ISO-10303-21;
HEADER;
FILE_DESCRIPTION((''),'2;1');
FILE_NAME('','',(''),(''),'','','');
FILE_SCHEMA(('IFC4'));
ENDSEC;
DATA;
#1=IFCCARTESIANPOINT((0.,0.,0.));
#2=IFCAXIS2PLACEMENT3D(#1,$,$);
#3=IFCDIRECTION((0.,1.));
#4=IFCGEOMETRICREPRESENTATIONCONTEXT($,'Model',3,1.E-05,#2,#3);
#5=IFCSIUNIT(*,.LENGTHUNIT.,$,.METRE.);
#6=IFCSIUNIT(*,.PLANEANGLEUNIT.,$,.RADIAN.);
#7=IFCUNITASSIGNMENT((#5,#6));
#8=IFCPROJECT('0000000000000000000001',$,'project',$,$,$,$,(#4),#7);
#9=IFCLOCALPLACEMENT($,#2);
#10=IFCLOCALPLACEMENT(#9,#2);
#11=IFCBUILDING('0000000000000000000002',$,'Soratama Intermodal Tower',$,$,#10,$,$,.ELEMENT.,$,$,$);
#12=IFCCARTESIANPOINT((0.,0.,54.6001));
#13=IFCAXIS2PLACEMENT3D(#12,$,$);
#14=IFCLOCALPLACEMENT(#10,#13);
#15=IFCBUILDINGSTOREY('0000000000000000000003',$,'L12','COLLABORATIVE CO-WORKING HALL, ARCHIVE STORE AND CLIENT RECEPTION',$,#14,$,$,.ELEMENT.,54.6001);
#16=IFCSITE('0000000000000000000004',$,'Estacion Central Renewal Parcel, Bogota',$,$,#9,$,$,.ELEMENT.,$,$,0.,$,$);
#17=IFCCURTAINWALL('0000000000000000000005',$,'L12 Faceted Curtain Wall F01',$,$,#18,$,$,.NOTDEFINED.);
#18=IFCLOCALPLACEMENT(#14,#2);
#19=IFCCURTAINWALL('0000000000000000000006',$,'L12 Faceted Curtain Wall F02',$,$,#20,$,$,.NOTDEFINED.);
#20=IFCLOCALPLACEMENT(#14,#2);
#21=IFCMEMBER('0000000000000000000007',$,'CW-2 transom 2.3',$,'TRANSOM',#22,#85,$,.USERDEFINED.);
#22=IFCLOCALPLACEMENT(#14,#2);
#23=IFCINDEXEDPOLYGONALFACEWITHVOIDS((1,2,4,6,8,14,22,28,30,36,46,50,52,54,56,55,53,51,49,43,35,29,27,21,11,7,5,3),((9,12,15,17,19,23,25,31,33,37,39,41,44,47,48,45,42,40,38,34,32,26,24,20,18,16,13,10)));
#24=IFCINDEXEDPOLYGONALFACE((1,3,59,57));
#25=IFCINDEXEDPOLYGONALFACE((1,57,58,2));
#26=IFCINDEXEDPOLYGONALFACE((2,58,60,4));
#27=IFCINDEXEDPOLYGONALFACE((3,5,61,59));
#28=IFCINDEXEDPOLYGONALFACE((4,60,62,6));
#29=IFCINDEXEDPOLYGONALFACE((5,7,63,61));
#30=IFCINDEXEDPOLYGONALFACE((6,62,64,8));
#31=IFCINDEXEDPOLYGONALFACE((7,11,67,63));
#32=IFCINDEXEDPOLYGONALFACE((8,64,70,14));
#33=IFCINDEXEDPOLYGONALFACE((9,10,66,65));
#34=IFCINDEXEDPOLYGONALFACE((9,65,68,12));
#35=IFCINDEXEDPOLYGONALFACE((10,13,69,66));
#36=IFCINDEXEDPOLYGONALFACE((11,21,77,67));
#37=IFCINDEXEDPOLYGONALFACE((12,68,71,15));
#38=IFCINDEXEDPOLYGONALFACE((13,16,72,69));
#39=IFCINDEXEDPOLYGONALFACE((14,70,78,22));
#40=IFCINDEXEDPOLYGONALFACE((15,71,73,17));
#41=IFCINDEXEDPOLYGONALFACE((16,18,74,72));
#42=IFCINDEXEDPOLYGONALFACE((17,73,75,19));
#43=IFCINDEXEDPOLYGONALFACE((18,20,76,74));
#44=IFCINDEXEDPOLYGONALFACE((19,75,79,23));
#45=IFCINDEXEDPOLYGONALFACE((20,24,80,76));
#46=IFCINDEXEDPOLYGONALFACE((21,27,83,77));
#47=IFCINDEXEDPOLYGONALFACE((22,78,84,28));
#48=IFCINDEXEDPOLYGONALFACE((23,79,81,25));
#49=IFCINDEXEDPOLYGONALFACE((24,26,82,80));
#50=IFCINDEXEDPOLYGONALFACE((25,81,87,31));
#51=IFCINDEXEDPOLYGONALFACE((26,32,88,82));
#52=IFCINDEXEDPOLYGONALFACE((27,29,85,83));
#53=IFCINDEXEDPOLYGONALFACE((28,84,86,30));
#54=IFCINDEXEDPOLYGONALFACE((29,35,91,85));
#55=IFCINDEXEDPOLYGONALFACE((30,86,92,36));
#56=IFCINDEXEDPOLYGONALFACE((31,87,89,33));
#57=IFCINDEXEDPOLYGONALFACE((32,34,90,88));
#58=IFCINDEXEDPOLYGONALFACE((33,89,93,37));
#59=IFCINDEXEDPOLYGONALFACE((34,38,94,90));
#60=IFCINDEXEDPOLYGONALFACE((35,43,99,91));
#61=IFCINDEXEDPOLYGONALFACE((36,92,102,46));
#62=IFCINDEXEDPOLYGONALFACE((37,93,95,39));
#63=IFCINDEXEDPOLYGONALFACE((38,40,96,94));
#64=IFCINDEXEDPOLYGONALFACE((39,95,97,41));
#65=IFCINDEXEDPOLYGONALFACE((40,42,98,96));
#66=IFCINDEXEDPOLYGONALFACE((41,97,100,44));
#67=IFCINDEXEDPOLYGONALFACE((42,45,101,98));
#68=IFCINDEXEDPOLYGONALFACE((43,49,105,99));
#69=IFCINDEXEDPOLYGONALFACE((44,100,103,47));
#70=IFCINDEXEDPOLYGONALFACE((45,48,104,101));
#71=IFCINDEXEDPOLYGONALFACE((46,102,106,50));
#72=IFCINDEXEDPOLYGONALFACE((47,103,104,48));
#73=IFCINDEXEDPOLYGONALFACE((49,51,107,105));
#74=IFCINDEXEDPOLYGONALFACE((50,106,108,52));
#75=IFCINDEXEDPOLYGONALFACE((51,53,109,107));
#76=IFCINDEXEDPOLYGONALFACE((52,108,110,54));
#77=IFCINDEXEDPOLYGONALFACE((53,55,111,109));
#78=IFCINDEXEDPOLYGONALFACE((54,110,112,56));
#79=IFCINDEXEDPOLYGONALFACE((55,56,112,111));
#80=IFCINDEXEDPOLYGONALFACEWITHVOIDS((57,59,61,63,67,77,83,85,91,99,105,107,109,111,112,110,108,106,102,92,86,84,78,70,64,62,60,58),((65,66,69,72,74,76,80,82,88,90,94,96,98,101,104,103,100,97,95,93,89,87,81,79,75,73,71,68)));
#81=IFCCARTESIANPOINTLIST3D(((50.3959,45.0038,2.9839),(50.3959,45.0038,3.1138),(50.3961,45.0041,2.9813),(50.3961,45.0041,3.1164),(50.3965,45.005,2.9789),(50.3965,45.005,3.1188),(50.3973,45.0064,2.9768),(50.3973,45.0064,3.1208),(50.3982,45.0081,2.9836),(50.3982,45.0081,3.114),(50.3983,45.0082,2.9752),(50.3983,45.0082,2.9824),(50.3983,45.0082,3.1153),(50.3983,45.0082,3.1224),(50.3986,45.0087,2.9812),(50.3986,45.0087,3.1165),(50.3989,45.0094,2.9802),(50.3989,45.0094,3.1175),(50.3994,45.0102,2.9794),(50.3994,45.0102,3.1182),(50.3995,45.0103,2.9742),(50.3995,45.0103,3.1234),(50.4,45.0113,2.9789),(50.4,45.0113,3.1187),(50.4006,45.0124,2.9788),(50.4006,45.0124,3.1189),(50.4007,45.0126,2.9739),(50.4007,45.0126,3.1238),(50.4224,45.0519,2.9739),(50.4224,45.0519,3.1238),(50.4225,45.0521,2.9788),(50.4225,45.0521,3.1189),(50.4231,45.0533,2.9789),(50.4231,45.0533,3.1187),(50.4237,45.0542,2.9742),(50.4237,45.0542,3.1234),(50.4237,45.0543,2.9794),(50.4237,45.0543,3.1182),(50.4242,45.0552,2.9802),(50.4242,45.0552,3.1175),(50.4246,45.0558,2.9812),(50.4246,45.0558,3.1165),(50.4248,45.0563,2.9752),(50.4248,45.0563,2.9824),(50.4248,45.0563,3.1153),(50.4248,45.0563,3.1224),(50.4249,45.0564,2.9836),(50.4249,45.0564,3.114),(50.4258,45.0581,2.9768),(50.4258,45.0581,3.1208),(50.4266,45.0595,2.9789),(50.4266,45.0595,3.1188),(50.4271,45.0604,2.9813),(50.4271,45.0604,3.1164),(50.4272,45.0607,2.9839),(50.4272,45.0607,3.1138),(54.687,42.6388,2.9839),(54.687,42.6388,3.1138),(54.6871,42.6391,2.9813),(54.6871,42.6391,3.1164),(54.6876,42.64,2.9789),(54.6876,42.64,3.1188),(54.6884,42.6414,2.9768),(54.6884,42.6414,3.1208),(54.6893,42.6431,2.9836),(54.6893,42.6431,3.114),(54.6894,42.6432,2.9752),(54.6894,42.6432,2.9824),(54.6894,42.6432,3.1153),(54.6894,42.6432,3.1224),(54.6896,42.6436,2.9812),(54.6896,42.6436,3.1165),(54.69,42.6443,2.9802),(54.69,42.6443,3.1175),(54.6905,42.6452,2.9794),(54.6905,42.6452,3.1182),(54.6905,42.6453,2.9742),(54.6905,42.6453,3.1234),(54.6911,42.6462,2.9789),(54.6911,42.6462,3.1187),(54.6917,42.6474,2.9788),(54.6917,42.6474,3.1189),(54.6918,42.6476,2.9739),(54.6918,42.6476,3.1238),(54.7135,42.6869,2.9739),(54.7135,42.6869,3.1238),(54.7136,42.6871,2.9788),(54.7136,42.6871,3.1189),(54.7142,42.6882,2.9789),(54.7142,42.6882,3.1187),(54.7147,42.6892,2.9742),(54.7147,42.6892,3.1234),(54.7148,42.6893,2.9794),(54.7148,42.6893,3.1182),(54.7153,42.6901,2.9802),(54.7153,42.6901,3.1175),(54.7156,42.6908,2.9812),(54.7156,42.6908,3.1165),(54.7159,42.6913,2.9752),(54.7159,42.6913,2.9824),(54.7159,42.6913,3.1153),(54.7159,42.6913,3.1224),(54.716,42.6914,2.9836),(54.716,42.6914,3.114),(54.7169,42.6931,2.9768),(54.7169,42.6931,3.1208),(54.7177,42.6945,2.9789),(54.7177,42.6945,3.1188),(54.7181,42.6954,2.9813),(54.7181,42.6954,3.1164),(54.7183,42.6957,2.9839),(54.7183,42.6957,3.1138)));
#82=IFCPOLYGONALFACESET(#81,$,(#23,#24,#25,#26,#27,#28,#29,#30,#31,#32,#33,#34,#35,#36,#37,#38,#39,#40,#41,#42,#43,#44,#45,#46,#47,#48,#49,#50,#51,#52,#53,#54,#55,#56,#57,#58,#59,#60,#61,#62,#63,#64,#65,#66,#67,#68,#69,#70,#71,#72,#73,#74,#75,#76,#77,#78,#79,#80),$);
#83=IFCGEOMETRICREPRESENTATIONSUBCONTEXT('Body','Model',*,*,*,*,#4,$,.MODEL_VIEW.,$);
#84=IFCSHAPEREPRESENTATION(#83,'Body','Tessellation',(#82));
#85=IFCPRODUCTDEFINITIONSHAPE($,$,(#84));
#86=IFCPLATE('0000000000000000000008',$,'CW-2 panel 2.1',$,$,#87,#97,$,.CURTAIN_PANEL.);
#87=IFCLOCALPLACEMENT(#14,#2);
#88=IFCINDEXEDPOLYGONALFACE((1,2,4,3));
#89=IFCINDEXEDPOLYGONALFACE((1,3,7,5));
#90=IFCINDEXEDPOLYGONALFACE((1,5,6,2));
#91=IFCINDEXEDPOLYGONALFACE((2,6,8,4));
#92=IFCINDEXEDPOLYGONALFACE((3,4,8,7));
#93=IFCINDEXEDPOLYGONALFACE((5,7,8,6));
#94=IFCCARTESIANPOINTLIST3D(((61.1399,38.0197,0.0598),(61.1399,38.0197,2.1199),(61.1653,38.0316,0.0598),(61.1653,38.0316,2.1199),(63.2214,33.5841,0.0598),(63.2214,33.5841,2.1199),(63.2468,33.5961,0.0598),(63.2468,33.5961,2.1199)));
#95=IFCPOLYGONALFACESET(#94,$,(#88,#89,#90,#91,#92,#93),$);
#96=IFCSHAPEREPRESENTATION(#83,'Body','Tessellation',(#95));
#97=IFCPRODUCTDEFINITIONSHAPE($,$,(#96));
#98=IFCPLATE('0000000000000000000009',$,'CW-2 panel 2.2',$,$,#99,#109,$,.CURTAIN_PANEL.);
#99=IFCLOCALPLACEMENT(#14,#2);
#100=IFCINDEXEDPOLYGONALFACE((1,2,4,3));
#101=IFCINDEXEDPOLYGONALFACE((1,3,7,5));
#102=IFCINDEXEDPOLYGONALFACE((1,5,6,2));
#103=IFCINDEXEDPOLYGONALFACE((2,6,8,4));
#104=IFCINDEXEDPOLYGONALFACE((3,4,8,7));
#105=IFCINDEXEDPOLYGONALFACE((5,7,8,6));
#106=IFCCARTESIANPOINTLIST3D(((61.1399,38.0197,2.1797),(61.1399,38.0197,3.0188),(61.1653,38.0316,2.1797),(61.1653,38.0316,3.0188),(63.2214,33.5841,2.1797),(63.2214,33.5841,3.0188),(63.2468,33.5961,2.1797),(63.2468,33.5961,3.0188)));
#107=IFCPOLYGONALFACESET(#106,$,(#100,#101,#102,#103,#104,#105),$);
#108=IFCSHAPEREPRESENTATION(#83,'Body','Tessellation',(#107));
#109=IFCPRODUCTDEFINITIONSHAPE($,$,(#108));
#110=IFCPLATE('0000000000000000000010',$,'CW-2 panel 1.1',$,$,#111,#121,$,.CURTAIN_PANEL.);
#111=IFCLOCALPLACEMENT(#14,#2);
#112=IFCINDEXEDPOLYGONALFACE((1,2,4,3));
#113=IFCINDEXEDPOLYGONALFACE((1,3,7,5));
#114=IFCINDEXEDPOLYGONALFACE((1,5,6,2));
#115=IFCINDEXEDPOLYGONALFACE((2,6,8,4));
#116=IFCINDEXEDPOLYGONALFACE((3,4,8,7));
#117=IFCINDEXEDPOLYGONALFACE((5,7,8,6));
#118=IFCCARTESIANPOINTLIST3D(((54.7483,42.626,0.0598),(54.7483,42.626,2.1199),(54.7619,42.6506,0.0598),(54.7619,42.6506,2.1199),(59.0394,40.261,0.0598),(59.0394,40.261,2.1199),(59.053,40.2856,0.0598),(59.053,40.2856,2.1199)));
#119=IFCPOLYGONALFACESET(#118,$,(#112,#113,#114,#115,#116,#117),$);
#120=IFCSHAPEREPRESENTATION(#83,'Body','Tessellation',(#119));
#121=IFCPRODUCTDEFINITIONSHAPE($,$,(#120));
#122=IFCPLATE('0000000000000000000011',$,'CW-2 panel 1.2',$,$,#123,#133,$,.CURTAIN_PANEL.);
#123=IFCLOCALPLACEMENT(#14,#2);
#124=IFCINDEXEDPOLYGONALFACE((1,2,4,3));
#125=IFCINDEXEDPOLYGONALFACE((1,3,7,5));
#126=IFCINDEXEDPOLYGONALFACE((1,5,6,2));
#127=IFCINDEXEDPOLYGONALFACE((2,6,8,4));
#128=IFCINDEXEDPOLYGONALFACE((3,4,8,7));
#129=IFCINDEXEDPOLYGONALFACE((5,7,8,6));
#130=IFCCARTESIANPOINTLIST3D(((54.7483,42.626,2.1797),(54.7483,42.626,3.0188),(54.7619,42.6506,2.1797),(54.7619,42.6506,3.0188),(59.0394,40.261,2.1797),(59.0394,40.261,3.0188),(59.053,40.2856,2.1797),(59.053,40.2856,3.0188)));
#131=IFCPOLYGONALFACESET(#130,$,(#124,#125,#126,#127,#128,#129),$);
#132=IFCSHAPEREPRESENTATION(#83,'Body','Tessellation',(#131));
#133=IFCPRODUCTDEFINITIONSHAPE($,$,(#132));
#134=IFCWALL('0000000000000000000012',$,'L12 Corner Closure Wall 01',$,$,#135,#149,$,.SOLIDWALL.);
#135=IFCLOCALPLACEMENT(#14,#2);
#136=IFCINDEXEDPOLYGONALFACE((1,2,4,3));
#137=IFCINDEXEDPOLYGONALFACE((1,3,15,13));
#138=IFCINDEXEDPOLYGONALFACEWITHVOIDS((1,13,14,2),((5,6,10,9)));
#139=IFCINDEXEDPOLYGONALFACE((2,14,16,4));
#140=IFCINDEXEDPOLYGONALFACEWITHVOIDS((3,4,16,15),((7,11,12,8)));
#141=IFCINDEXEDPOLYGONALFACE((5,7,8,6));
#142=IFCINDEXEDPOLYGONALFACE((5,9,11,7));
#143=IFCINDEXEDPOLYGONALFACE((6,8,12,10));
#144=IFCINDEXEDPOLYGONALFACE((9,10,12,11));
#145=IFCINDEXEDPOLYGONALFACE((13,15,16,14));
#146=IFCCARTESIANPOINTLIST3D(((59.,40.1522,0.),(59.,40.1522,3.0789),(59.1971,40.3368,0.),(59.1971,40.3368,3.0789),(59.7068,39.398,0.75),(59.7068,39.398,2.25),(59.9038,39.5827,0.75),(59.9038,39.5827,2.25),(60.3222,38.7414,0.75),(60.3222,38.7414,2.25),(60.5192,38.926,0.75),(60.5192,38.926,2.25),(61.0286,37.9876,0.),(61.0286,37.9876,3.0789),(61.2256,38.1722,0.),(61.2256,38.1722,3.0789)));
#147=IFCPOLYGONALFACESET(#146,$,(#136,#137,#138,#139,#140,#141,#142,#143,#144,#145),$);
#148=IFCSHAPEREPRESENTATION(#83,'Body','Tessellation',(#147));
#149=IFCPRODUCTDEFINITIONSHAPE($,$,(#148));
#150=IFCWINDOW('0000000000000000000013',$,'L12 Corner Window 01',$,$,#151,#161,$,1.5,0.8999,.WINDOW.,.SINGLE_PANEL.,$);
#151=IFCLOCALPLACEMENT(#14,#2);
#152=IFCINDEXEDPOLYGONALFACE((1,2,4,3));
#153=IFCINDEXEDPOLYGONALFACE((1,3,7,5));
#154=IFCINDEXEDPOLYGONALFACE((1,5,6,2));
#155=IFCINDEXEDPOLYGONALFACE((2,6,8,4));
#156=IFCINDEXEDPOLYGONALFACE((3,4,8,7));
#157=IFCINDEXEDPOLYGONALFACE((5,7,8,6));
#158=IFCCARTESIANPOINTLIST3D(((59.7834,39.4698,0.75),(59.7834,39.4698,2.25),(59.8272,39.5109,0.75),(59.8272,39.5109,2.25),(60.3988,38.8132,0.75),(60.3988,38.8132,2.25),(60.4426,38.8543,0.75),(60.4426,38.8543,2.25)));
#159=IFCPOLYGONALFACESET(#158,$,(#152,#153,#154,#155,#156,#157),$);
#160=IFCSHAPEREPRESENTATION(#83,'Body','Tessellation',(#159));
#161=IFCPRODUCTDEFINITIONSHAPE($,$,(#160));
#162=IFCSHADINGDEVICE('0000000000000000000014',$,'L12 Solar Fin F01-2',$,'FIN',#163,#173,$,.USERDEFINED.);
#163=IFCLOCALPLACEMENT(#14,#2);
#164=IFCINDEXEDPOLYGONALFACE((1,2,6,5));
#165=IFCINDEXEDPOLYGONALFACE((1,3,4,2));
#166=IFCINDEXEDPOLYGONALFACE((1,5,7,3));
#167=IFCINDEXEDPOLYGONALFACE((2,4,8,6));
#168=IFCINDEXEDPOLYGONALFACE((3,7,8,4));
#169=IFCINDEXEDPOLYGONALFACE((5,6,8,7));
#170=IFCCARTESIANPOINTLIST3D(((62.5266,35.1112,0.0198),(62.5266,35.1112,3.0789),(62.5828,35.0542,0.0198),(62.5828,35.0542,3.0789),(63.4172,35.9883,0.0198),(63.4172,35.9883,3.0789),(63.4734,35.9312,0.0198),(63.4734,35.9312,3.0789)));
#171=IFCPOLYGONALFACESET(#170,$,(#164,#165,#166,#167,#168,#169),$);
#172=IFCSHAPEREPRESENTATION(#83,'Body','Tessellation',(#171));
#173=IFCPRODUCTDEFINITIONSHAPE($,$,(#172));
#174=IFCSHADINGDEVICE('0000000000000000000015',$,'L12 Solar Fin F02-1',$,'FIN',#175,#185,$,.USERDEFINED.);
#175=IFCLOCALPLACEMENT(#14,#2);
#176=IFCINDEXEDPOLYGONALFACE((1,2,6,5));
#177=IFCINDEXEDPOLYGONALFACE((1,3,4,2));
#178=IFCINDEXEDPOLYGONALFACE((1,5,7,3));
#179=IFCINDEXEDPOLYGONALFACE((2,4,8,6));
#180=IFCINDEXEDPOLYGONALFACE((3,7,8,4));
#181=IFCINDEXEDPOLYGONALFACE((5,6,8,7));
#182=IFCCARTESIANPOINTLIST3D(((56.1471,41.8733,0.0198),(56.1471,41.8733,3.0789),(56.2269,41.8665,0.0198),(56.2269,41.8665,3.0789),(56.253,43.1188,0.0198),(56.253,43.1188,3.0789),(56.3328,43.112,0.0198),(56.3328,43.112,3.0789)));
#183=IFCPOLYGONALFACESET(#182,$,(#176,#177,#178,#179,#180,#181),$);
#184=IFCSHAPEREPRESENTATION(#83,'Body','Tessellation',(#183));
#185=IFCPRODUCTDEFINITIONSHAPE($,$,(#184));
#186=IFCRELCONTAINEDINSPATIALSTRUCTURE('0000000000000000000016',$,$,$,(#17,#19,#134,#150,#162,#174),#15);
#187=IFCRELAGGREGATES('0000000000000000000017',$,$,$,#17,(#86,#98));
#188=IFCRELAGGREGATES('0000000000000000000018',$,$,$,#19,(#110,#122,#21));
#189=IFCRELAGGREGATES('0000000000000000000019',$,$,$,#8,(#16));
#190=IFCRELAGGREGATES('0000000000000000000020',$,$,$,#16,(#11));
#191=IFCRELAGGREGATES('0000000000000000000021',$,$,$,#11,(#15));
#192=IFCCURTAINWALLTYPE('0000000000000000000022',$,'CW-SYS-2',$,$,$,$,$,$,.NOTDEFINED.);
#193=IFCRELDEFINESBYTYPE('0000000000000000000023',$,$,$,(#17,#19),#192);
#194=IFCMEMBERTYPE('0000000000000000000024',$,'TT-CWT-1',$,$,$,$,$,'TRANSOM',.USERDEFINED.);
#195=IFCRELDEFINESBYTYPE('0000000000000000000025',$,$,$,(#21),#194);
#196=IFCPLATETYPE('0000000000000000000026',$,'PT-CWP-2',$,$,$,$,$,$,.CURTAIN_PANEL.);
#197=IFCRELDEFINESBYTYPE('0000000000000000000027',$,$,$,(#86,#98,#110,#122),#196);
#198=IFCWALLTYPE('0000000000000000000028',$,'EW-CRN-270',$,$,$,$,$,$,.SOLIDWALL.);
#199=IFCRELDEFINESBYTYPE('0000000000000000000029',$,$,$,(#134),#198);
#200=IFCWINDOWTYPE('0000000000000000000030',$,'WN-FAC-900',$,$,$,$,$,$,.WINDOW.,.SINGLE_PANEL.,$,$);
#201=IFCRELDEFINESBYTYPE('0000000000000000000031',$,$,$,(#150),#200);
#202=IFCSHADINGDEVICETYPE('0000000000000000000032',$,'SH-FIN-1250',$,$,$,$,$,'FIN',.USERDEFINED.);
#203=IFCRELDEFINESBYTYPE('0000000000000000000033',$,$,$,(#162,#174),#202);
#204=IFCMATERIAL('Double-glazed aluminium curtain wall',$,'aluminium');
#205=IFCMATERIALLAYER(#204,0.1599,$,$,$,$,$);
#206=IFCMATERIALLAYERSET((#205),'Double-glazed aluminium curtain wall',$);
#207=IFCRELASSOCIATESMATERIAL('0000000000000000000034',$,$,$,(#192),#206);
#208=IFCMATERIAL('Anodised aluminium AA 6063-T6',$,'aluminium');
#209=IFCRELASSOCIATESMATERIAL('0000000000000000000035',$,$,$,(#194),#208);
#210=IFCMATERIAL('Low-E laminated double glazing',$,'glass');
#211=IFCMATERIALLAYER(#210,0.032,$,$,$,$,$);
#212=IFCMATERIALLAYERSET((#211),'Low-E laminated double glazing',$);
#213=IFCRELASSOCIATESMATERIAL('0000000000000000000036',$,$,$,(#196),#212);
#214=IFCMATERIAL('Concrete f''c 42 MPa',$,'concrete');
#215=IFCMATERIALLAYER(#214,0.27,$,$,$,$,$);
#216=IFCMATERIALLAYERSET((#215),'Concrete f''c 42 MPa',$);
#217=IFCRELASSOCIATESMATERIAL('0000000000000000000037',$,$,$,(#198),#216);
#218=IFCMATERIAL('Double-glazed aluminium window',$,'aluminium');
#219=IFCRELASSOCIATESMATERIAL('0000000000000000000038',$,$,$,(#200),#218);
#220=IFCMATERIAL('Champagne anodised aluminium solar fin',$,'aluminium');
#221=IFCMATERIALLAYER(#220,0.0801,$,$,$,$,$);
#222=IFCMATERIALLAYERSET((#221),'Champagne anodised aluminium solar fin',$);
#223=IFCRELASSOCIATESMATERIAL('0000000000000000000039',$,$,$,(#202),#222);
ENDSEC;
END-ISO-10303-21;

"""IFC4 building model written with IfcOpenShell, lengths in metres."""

from ifc_helpers import new_model, si_unit, direction, frame, frame_2d, origin, origin_2d, place, context, subcontext, project, spatial, rectangle, hollow_rectangle, extrude, material, layer, layer_set, material_profile, profile_set, type_object, element, fill, aggregate, save


model = new_model("IFC4")

# Units and contexts
model_context = context("Model", 3, precision=1e-05, world=origin(), true_north=direction((0.0, 1.0)))
body_context = subcontext(model_context, "Body", "Model", "MODEL_VIEW")
ifc_project = project(units=[si_unit("LENGTHUNIT", "METRE"), si_unit("PLANEANGLEUNIT", "RADIAN")], contexts=[model_context])

# Site, building, storey
site_placement = place(None, origin())
site = spatial("IfcSite", under=ifc_project, at=site_placement, Name="Estacion Central Renewal Parcel, Bogota", CompositionType="ELEMENT", RefElevation=0.0)
building_placement = place(site_placement, origin())
building = spatial("IfcBuilding", under=site, at=building_placement, Name="Soratama Intermodal Tower", CompositionType="ELEMENT")
storey_placement = place(building_placement, frame((0.0, 0.0, 54.6001)))
storey = spatial("IfcBuildingStorey", under=building, at=storey_placement, Name="L12", Description="COLLABORATIVE CO-WORKING HALL, ARCHIVE STORE AND CLIENT RECEPTION", CompositionType="ELEMENT", Elevation=54.6001)

# Curtain wall
ifc_material_1 = material(Name="Double-glazed aluminium curtain wall", Category="aluminium")
ifc_layer_1 = layer(ifc_material_1, 0.1599)
ifc_layer_set_1 = layer_set([ifc_layer_1], Name="Double-glazed aluminium curtain wall")
curtain_wall_type = type_object("IfcCurtainWallType", Name="CW-SYS-2", PredefinedType="NOTDEFINED", material=ifc_layer_set_1)
curtain_wall_1_placement = place(storey_placement, origin())
curtain_wall_1 = element("IfcCurtainWall", 1, at=curtain_wall_1_placement, inside=storey, type_object=curtain_wall_type, Name="L12 Faceted Curtain Wall F01", PredefinedType="NOTDEFINED")

# Curtain wall, member
curtain_wall_2_placement = place(storey_placement, origin())
curtain_wall_2 = element("IfcCurtainWall", 2, at=curtain_wall_2_placement, inside=storey, type_object=curtain_wall_type, Name="L12 Faceted Curtain Wall F02", PredefinedType="NOTDEFINED")
ifc_material_2 = material(Name="Anodised aluminium AA 6063-T6", Category="aluminium")
ifc_material_profile_1 = material_profile(ifc_material_2, hollow_rectangle(XDim=0.0649, YDim=0.1499, WallThickness=0.0049, InnerFilletRadius=0.0049, OuterFilletRadius=0.01, at=origin_2d()), Name="CWT150X65X5")
ifc_profile_set_1 = profile_set([ifc_material_profile_1], Name="Anodised aluminium AA 6063-T6")
member_type_1 = type_object("IfcMemberType", Name="TT-CWT-1", ElementType="TRANSOM", PredefinedType="USERDEFINED", material=ifc_profile_set_1)
member_1_placement = place(storey_placement, frame((54.7026, 42.6672, 3.0488), z_axis=(-0.875791, 0.482691, 0.0), x_axis=(-0.482691, -0.875791, 0.0)))
member_1 = element("IfcMember", 3, at=member_1_placement, type_object=member_type_1, Name="CW-2 transom 2.3", ObjectType="TRANSOM", PredefinedType="USERDEFINED", context=body_context, shape_type="SweptSolid", body=[
    extrude(hollow_rectangle(XDim=0.0649, YDim=0.1499, WallThickness=0.0049, InnerFilletRadius=0.0049, OuterFilletRadius=0.01, at=origin_2d()), origin(), (0.0, 0.0, 1.0), 4.8997),
])

# Plates
ifc_material_3 = material(Name="Low-E laminated double glazing", Category="glass")
ifc_layer_2 = layer(ifc_material_3, 0.032)
ifc_layer_set_2 = layer_set([ifc_layer_2], Name="Low-E laminated double glazing")
plate_type = type_object("IfcPlateType", Name="PT-CWP-2", PredefinedType="CURTAIN_PANEL", material=ifc_layer_set_2)
plate_1_placement = place(storey_placement, frame((62.1934, 35.8079, 0.0598), z_axis=(0.0, 0.0, 1.0), x_axis=(-0.424829, 0.905274, 0.0)))
plate_1 = element("IfcPlate", 4, at=plate_1_placement, type_object=plate_type, Name="CW-2 panel 2.1", PredefinedType="CURTAIN_PANEL", context=body_context, shape_type="SweptSolid", body=[
    extrude(rectangle(XDim=4.8997, YDim=0.0281, at=origin_2d()), origin(), (0.0, 0.0, 1.0), 2.0601),
])
plate_2_placement = place(storey_placement, frame((62.1934, 35.8079, 2.1797), z_axis=(0.0, 0.0, 1.0), x_axis=(-0.424829, 0.905274, 0.0)))
plate_2 = element("IfcPlate", 5, at=plate_2_placement, type_object=plate_type, Name="CW-2 panel 2.2", PredefinedType="CURTAIN_PANEL", context=body_context, shape_type="SweptSolid", body=[
    extrude(rectangle(XDim=4.8997, YDim=0.0281, at=origin_2d()), origin(), (0.0, 0.0, 1.0), 0.8391),
])
aggregate(curtain_wall_1, [plate_1, plate_2])
plate_3_placement = place(storey_placement, frame((56.9006, 41.4558, 0.0598), z_axis=(0.0, 0.0, 1.0), x_axis=(-0.875798, 0.482678, 0.0)))
plate_3 = element("IfcPlate", 6, at=plate_3_placement, type_object=plate_type, Name="CW-2 panel 1.1", PredefinedType="CURTAIN_PANEL", context=body_context, shape_type="SweptSolid", body=[
    extrude(rectangle(XDim=4.8997, YDim=0.0281, at=origin_2d()), origin(), (0.0, 0.0, 1.0), 2.0601),
])
plate_4_placement = place(storey_placement, frame((56.9006, 41.4558, 2.1797), z_axis=(0.0, 0.0, 1.0), x_axis=(-0.875798, 0.482678, 0.0)))
plate_4 = element("IfcPlate", 7, at=plate_4_placement, type_object=plate_type, Name="CW-2 panel 1.2", PredefinedType="CURTAIN_PANEL", context=body_context, shape_type="SweptSolid", body=[
    extrude(rectangle(XDim=4.8997, YDim=0.0281, at=origin_2d()), origin(), (0.0, 0.0, 1.0), 0.8391),
])
aggregate(curtain_wall_2, [plate_3, plate_4, member_1])

# Wall, opening, window
ifc_material_4 = material(Name="Concrete f'c 42 MPa", Category="concrete")
ifc_layer_3 = layer(ifc_material_4, 0.27)
ifc_layer_set_3 = layer_set([ifc_layer_3], Name="Concrete f'c 42 MPa")
wall_type = type_object("IfcWallType", Name="EW-CRN-270", PredefinedType="SOLIDWALL", material=ifc_layer_set_3)
wall_placement = place(storey_placement, frame((61.1272, 38.0798, 0.0), z_axis=(0.0, 0.0, 1.0), x_axis=(-0.683815, 0.729655, 0.0)))
wall = element("IfcWall", 8, at=wall_placement, inside=storey, type_object=wall_type, Name="L12 Corner Closure Wall 01", PredefinedType="SOLIDWALL", context=body_context, shape_type="SweptSolid", body=[
    extrude(rectangle(XDim=2.9666, YDim=0.27, at=frame_2d((1.4834, 0.0))), origin(), (0.0, 0.0, 1.0), 3.0789),
])
opening_placement = place(wall_placement, frame((1.0332, 0.0, 0.75)))
opening = element("IfcOpeningElement", 9, at=opening_placement, cuts=wall, PredefinedType="OPENING", context=body_context, shape_type="SweptSolid", body=[
    extrude(rectangle(XDim=0.8999, YDim=1.5, at=frame_2d((0.45, 0.75))), frame((0.0, 0.145, 0.0), z_axis=(0.0, -1.0, 0.0), x_axis=(1.0, 0.0, 0.0)), (0.0, 0.0, 1.0), 0.29),
])
ifc_material_5 = material(Name="Double-glazed aluminium window", Category="aluminium")
window_type = type_object("IfcWindowType", Name="WN-FAC-900", PartitioningType="SINGLE_PANEL", PredefinedType="WINDOW", material=ifc_material_5)
window_placement = place(opening_placement, origin())
window = element("IfcWindow", 10, at=window_placement, inside=storey, type_object=window_type, Name="L12 Corner Window 01", OverallHeight=1.5, OverallWidth=0.8999, PartitioningType="SINGLE_PANEL", PredefinedType="WINDOW", context=body_context, shape_type="SweptSolid", body=[
    extrude(rectangle(XDim=0.8999, YDim=1.5, at=frame_2d((0.45, 0.75))), frame((0.0, 0.03, 0.0), z_axis=(0.0, -1.0, 0.0), x_axis=(1.0, 0.0, 0.0)), (0.0, 0.0, 1.0), 0.0601),
])
fill(opening, window)

# Shading devices
ifc_material_6 = material(Name="Champagne anodised aluminium solar fin", Category="aluminium")
ifc_layer_4 = layer(ifc_material_6, 0.0801)
ifc_layer_set_4 = layer_set([ifc_layer_4], Name="Champagne anodised aluminium solar fin")
shading_device_type = type_object("IfcShadingDeviceType", Name="SH-FIN-1250", ElementType="FIN", PredefinedType="USERDEFINED", material=ifc_layer_set_4)
for number, where, z_axis, x_axis, name in (
    (11, (63.0, 35.5212, 0.0198), (0.0, 0.0, 1.0), (0.712516, 0.701656, 0.0), "L12 Solar Fin F01-2"),
    (12, (56.24, 42.4927, 0.0198), (0.0, 0.0, 1.0), (0.084721, 0.996405, 0.0), "L12 Solar Fin F02-1"),
):
    element("IfcShadingDevice", number, at=place(storey_placement, frame(where, z_axis=z_axis, x_axis=x_axis)), inside=storey, type_object=shading_device_type, Name=name, ObjectType="FIN", PredefinedType="USERDEFINED", context=body_context, shape_type="SweptSolid", body=[
        extrude(rectangle(XDim=1.25, YDim=0.0801, at=origin_2d()), origin(), (0.0, 0.0, 1.0), 3.0591),
    ])

save(model, "model.ifc")
